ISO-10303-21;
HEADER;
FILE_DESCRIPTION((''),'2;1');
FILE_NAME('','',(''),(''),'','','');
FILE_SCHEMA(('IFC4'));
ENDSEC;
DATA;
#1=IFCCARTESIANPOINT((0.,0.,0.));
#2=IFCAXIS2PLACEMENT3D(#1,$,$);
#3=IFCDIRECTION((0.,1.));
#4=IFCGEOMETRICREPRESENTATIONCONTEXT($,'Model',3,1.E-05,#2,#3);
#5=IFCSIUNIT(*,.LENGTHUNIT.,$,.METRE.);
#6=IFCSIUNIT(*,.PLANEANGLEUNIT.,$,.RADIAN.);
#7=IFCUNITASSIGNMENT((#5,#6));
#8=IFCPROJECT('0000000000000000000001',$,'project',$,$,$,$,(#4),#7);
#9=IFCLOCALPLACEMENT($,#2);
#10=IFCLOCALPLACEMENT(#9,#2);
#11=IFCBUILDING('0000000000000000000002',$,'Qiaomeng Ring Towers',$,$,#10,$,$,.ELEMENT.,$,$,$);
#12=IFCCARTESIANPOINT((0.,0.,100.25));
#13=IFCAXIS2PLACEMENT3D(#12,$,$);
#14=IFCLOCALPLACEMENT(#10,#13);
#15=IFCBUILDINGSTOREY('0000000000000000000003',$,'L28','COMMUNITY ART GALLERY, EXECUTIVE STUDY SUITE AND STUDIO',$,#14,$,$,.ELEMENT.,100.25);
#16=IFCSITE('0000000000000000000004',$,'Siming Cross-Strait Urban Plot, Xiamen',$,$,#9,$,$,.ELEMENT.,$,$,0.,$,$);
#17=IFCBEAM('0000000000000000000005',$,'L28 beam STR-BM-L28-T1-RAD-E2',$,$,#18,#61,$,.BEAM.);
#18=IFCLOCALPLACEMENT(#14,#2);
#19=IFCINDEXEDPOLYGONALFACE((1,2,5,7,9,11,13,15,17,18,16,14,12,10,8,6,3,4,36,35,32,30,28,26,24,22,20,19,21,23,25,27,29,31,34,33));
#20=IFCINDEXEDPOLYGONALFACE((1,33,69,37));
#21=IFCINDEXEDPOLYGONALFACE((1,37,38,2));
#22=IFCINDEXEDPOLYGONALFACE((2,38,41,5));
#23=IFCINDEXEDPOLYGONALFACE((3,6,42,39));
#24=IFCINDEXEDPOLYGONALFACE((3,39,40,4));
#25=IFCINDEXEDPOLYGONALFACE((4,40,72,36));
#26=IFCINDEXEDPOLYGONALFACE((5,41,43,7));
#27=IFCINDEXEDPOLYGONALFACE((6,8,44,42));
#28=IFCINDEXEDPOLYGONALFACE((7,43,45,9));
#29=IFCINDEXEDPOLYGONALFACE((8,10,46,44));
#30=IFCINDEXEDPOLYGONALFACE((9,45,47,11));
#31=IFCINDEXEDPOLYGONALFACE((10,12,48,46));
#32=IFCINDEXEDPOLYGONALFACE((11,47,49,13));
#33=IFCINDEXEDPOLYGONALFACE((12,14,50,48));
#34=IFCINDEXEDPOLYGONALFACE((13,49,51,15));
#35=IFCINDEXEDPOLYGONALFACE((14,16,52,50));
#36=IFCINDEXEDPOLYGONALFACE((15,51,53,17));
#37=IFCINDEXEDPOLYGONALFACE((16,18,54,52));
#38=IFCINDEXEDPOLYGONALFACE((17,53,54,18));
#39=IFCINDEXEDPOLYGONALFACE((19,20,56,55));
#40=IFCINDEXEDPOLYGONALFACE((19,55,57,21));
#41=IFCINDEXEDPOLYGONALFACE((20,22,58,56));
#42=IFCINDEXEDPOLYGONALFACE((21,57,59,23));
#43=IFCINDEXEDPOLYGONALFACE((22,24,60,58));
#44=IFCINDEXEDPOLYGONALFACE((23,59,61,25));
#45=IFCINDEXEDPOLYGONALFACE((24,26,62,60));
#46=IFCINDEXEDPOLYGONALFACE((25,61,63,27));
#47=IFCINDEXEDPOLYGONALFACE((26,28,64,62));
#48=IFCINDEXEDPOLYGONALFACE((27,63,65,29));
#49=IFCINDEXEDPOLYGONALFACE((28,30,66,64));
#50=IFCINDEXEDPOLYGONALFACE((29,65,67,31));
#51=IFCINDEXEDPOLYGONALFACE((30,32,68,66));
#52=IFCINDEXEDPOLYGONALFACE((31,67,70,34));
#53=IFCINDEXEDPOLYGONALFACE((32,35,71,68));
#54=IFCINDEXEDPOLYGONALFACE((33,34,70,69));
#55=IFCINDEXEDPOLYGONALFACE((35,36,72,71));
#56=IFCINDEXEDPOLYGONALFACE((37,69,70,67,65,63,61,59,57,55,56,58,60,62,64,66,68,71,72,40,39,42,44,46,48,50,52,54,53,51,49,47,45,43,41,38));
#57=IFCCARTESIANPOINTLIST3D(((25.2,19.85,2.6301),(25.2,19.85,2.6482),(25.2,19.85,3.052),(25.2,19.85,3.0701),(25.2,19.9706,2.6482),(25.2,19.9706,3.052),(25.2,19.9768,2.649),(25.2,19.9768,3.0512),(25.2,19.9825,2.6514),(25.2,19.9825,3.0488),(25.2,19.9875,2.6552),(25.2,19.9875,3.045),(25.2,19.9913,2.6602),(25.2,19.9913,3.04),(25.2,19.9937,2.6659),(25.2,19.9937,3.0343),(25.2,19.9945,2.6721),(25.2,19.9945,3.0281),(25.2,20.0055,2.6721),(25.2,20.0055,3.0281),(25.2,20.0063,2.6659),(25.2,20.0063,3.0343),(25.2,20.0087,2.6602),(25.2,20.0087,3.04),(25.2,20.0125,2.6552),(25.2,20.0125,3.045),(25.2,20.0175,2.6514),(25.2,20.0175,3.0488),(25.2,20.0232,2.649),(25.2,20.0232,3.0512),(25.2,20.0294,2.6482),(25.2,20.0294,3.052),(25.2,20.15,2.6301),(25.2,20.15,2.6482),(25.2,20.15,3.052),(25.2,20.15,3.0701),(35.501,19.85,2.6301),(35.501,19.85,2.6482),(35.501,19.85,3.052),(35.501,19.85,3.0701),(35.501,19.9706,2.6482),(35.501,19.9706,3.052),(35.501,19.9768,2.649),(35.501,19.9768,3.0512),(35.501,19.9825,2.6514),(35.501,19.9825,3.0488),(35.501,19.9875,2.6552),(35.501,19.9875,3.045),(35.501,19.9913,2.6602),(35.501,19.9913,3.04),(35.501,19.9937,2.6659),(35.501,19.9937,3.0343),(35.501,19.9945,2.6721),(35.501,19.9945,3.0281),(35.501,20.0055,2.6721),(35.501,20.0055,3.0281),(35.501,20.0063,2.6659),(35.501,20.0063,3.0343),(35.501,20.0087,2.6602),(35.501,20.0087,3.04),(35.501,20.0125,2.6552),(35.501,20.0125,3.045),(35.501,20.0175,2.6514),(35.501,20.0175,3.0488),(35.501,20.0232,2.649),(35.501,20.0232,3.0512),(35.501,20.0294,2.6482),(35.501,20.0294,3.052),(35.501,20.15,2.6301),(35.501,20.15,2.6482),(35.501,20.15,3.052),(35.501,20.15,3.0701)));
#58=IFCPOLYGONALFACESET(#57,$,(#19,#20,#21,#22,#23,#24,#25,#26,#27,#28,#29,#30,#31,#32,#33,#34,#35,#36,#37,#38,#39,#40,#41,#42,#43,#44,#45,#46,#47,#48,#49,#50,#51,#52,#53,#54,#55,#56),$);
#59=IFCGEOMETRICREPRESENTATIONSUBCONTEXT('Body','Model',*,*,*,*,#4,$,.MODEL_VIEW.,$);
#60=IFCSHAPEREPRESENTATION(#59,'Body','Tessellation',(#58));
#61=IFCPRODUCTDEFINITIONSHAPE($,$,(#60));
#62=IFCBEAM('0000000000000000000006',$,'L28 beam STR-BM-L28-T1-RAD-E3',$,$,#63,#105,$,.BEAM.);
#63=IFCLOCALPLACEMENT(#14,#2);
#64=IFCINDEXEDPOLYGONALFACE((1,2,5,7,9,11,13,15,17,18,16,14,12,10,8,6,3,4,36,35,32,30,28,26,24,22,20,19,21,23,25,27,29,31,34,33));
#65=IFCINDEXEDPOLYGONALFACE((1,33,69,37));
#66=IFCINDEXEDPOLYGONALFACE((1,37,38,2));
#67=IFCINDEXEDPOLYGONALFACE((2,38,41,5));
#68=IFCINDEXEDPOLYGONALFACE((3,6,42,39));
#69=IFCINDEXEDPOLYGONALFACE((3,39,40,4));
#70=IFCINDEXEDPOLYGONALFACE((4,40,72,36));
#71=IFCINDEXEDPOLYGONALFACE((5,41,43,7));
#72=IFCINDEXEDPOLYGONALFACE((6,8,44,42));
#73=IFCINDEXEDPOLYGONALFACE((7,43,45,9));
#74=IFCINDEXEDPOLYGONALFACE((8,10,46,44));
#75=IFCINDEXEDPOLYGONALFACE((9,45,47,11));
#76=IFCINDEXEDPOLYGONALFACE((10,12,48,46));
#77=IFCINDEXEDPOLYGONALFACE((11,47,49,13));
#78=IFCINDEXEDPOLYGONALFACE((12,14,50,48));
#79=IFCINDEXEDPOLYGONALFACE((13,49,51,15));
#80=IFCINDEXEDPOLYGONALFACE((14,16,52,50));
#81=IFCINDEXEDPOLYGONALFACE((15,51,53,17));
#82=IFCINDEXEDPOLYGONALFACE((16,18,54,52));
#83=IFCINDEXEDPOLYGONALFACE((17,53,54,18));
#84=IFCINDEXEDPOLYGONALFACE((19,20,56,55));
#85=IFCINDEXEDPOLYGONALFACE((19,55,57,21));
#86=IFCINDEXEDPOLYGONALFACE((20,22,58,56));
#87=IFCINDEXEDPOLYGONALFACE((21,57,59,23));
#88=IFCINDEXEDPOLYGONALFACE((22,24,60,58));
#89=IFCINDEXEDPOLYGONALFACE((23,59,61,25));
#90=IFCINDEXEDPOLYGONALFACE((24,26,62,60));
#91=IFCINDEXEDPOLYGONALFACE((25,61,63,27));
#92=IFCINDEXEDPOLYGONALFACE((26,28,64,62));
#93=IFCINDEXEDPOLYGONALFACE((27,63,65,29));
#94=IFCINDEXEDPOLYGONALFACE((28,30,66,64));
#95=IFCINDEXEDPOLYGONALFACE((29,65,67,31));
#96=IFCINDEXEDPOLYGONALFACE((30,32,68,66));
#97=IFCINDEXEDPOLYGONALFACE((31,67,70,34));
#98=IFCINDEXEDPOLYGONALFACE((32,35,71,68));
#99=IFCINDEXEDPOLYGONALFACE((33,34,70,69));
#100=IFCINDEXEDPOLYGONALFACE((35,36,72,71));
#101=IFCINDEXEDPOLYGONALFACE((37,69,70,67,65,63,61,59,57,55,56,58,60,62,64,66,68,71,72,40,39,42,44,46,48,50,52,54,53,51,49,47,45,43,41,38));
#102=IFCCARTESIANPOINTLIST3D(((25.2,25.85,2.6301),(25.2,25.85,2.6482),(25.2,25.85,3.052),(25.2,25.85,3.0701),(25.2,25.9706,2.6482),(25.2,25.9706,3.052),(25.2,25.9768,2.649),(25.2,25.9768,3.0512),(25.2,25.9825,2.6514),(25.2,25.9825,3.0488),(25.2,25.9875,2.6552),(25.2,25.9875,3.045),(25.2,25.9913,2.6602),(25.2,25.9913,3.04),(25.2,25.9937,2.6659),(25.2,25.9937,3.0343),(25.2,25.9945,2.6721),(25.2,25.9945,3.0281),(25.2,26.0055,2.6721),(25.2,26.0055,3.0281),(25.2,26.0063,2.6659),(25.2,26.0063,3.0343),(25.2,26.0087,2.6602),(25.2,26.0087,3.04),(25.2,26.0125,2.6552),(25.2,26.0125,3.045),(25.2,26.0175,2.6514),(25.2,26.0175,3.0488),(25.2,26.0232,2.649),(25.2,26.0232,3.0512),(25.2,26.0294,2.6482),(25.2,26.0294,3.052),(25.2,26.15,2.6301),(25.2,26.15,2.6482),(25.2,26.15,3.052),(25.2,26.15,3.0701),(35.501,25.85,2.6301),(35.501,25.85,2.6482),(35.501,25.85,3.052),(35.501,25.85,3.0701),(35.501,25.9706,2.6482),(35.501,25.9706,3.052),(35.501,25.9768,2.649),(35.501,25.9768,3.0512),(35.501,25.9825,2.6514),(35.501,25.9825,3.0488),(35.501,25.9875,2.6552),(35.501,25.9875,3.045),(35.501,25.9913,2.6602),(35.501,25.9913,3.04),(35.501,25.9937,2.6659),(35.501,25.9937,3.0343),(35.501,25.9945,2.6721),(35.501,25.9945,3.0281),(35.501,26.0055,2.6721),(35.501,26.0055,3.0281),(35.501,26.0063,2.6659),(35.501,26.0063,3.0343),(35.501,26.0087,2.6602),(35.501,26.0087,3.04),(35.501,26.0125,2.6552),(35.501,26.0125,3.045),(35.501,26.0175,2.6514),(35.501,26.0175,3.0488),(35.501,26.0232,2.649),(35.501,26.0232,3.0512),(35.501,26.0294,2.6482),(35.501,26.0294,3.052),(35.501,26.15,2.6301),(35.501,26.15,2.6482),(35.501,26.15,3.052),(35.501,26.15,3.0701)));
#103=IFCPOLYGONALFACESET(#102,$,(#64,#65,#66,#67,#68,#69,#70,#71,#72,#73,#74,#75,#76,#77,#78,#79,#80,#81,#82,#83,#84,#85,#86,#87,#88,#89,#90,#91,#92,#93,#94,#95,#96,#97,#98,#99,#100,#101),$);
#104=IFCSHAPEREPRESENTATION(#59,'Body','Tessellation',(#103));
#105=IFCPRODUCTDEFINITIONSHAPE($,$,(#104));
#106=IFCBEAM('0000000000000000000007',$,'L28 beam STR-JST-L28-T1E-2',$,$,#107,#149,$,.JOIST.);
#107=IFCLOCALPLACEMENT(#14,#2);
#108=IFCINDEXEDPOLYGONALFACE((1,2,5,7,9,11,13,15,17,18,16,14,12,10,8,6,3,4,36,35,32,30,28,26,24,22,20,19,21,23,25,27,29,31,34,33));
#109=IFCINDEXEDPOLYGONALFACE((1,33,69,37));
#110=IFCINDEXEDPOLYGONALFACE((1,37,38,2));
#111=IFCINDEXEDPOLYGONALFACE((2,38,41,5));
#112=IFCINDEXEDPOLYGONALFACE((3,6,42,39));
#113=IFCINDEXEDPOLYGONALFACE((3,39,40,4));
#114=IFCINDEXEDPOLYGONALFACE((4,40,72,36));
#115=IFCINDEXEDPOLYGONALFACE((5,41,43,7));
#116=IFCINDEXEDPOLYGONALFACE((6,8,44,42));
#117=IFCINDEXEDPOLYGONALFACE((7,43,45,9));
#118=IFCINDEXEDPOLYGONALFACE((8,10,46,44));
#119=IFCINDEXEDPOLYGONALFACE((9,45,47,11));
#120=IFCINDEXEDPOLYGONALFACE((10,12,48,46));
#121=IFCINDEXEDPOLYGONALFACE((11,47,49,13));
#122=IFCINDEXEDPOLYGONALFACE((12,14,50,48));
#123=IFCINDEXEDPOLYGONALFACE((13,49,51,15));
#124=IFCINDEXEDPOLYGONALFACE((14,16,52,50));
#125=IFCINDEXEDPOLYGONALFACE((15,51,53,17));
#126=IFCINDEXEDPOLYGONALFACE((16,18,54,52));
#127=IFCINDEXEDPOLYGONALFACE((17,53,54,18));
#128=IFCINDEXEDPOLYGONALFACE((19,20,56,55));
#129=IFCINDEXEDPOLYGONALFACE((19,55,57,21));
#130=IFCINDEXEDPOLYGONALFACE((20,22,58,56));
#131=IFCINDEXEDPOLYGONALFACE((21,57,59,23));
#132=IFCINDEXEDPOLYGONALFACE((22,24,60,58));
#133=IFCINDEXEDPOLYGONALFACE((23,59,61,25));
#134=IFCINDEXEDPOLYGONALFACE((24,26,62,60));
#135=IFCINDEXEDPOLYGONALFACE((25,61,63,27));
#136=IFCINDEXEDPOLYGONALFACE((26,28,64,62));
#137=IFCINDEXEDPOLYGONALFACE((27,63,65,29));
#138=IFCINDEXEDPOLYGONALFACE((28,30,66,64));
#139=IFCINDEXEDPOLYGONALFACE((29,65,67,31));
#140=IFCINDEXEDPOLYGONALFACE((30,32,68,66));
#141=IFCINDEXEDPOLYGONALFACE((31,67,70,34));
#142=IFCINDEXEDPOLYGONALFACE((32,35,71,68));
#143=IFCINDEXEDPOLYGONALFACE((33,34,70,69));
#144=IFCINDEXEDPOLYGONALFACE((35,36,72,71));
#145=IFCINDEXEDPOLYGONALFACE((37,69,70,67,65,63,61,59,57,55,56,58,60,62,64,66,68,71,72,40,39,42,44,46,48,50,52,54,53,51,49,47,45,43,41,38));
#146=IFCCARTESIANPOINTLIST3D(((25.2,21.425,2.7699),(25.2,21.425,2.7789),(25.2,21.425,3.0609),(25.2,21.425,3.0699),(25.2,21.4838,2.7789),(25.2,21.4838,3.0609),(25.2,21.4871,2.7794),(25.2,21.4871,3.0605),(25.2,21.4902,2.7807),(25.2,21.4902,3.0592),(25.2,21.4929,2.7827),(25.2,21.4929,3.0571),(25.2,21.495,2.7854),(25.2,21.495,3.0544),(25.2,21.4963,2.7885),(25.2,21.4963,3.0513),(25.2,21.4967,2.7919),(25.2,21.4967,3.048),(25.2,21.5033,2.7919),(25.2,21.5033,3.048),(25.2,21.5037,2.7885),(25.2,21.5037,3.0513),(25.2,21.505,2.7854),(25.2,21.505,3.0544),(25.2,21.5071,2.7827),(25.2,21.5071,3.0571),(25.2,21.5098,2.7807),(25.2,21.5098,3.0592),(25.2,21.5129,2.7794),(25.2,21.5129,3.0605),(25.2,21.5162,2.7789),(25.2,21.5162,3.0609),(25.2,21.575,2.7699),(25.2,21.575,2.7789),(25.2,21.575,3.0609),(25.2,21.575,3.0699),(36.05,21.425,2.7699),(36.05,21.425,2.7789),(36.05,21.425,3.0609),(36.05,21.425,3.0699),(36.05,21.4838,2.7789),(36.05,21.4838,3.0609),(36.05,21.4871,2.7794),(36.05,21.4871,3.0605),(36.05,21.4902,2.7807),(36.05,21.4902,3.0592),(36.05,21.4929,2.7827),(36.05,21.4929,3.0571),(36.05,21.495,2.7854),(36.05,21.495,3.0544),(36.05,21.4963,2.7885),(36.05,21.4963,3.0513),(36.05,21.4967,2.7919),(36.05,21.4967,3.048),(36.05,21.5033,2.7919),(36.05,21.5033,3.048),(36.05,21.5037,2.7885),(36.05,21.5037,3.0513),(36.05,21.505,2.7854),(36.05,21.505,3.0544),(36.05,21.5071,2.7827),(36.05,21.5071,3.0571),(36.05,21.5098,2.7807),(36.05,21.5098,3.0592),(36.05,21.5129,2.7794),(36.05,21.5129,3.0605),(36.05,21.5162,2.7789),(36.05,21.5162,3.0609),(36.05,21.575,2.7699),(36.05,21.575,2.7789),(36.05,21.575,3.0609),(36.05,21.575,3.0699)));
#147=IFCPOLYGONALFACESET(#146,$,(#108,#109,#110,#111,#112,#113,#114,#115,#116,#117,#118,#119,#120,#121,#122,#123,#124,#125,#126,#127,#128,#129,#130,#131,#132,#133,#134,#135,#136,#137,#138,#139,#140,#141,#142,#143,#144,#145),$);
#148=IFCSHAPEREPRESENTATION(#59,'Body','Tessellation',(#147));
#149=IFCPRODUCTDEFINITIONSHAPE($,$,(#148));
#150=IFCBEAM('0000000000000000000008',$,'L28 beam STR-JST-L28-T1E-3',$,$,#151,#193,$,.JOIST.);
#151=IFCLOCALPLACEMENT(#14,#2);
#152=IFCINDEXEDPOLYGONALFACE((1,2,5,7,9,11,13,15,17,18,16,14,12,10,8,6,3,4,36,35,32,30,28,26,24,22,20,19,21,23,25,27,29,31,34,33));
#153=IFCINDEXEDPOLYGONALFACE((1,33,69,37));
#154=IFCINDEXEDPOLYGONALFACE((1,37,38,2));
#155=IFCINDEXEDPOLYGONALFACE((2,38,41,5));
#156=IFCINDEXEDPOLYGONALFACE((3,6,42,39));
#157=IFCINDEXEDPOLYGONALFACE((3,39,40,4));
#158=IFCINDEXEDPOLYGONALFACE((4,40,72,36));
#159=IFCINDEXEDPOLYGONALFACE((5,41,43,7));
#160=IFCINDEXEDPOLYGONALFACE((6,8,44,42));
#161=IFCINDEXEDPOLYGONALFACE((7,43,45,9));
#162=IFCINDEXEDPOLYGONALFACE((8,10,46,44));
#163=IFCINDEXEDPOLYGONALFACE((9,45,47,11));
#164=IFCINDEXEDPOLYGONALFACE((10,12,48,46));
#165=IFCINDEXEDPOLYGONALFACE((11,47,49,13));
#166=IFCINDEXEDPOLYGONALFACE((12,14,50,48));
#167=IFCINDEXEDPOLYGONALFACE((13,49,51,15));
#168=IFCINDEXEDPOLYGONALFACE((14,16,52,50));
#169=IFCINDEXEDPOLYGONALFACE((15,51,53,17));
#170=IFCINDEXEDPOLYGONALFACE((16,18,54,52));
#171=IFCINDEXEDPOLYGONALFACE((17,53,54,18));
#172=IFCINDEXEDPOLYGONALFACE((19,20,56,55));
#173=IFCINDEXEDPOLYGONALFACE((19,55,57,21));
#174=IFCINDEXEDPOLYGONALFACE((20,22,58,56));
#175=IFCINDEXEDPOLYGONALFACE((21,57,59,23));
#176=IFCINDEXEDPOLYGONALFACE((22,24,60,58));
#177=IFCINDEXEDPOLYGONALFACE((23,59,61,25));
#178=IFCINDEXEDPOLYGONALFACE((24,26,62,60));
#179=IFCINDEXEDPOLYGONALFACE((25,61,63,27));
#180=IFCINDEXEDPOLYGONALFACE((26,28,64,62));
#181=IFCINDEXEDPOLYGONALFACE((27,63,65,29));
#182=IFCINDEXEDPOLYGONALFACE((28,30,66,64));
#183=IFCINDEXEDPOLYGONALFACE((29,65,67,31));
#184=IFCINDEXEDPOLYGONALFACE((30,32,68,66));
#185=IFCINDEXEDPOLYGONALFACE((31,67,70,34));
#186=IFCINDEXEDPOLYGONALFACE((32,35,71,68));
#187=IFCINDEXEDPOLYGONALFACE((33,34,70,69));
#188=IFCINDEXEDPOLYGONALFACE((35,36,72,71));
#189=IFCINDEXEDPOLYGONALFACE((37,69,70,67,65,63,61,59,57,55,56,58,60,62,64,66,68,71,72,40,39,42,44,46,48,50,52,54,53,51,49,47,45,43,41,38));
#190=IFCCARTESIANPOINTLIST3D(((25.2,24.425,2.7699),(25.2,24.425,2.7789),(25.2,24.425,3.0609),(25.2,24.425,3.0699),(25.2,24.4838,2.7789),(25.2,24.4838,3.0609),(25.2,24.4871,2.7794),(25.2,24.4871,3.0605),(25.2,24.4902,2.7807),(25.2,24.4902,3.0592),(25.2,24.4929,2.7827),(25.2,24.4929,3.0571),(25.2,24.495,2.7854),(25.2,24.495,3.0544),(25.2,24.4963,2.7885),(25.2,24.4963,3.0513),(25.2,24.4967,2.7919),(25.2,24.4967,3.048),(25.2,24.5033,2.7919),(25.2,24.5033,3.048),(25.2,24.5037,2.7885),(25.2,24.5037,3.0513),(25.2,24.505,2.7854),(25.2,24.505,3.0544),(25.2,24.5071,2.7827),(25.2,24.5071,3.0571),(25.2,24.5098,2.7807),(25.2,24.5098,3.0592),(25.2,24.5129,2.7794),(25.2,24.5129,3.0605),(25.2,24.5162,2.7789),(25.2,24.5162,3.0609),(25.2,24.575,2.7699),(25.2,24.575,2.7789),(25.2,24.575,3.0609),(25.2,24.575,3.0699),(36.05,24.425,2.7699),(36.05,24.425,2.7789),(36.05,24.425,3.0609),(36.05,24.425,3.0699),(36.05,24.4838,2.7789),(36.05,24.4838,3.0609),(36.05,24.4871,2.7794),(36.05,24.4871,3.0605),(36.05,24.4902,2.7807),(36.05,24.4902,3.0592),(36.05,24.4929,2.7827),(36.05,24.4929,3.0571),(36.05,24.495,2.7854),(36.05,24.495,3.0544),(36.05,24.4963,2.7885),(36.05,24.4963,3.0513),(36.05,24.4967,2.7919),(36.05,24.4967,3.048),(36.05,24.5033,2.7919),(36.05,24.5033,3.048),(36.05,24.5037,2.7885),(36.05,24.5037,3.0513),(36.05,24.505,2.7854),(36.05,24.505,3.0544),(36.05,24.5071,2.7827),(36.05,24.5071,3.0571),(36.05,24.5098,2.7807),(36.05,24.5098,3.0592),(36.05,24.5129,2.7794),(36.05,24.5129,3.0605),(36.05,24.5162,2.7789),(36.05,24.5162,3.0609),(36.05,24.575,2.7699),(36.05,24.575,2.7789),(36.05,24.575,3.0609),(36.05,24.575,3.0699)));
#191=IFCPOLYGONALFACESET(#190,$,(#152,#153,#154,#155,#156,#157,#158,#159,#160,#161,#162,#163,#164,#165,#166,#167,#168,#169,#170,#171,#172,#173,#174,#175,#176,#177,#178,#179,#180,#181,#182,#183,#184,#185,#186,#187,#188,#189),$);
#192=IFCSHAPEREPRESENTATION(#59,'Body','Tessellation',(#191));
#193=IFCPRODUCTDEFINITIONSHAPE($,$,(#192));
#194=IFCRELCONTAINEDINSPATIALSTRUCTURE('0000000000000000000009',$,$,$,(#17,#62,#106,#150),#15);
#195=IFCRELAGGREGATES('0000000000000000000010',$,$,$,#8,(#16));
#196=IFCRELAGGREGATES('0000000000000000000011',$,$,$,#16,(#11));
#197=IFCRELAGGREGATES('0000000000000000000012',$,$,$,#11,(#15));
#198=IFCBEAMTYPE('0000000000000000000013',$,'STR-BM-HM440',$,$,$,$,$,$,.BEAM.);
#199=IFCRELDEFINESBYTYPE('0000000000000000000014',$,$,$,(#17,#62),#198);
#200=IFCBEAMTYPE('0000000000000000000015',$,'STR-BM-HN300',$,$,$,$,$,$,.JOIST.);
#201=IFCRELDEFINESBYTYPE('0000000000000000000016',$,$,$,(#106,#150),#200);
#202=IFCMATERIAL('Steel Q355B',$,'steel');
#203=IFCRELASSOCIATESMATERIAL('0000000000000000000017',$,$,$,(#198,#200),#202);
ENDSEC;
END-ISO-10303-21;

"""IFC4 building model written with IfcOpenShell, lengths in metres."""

from ifc_helpers import new_model, si_unit, direction, frame, origin, origin_2d, place, context, subcontext, project, spatial, i_section, extrude, source, transform, mapped, material, material_profile, profile_set, type_object, element, save


model = new_model("IFC4")

# Units and contexts
model_context = context("Model", 3, precision=1e-05, world=origin(), true_north=direction((0.0, 1.0)))
body_context = subcontext(model_context, "Body", "Model", "MODEL_VIEW")
ifc_project = project(units=[si_unit("LENGTHUNIT", "METRE"), si_unit("PLANEANGLEUNIT", "RADIAN")], contexts=[model_context])

# Site, building, storey
site_placement = place(None, origin())
site = spatial("IfcSite", under=ifc_project, at=site_placement, Name="Siming Cross-Strait Urban Plot, Xiamen", CompositionType="ELEMENT", RefElevation=0.0)
building_placement = place(site_placement, origin())
building = spatial("IfcBuilding", under=site, at=building_placement, Name="Qiaomeng Ring Towers", CompositionType="ELEMENT")
storey_placement = place(building_placement, frame((0.0, 0.0, 100.25)))
storey = spatial("IfcBuildingStorey", under=building, at=storey_placement, Name="L28", Description="COMMUNITY ART GALLERY, EXECUTIVE STUDY SUITE AND STUDIO", CompositionType="ELEMENT", Elevation=100.25)

# Beams
ifc_material_1 = material(Name="Steel Q355B", Category="steel")
ifc_material_profile_1 = material_profile(ifc_material_1, i_section(OverallWidth=0.3, OverallDepth=0.4399, WebThickness=0.011, FlangeThickness=0.0181, FilletRadius=0.0239, at=origin_2d()), Name="HM 440x300x11x18")
ifc_profile_set_1 = profile_set([ifc_material_profile_1], Name="Steel Q355B")
beam_type_1 = type_object("IfcBeamType", Name="STR-BM-HM440", PredefinedType="BEAM", material=ifc_profile_set_1)
shared_shape_1 = source(origin(), body_context, "Body", "SweptSolid", [
    extrude(i_section(OverallWidth=0.3, OverallDepth=0.4399, WebThickness=0.011, FlangeThickness=0.0181, FilletRadius=0.0239, at=origin_2d()), origin(), (0.0, 0.0, 1.0), 10.301),
])
for number, where, z_axis, x_axis, name in (
    (1, (25.2, 20.0, 2.8501), (1.0, 0.0, 0.0), (0.0, 1.0, 0.0), "L28 beam STR-BM-L28-T1-RAD-E2"),
    (2, (25.2, 26.0, 2.8501), (1.0, 0.0, 0.0), (0.0, 1.0, 0.0), "L28 beam STR-BM-L28-T1-RAD-E3"),
):
    element("IfcBeam", number, at=place(storey_placement, frame(where, z_axis=z_axis, x_axis=x_axis)), inside=storey, type_object=beam_type_1, Name=name, PredefinedType="BEAM", context=body_context, shape_type="MappedRepresentation", body=[
        mapped(shared_shape_1, transform((0.0, 0.0, 0.0), x_axis=(1.0, 0.0, 0.0), y_axis=(0.0, 1.0, 0.0), z_axis=(0.0, 0.0, 1.0), scale=1.0)),
    ])
ifc_material_profile_2 = material_profile(ifc_material_1, i_section(OverallWidth=0.1499, OverallDepth=0.3, WebThickness=0.0066, FlangeThickness=0.009, FilletRadius=0.0129, at=origin_2d()), Name="HN 300x150x6.5x9")
ifc_profile_set_2 = profile_set([ifc_material_profile_2], Name="Steel Q355B")
beam_type_2 = type_object("IfcBeamType", Name="STR-BM-HN300", PredefinedType="JOIST", material=ifc_profile_set_2)
shared_shape_2 = source(origin(), body_context, "Body", "SweptSolid", [
    extrude(i_section(OverallWidth=0.1499, OverallDepth=0.3, WebThickness=0.0066, FlangeThickness=0.009, FilletRadius=0.0129, at=origin_2d()), origin(), (0.0, 0.0, 1.0), 10.8501),
])
for number, where, z_axis, x_axis, name in (
    (3, (25.2, 21.5, 2.9199), (1.0, 0.0, 0.0), (0.0, 1.0, 0.0), "L28 beam STR-JST-L28-T1E-2"),
    (4, (25.2, 24.5, 2.9199), (1.0, 0.0, 0.0), (0.0, 1.0, 0.0), "L28 beam STR-JST-L28-T1E-3"),
):
    element("IfcBeam", number, at=place(storey_placement, frame(where, z_axis=z_axis, x_axis=x_axis)), inside=storey, type_object=beam_type_2, Name=name, PredefinedType="JOIST", context=body_context, shape_type="MappedRepresentation", body=[
        mapped(shared_shape_2, transform((0.0, 0.0, 0.0), x_axis=(1.0, 0.0, 0.0), y_axis=(0.0, 1.0, 0.0), z_axis=(0.0, 0.0, 1.0), scale=1.0)),
    ])

save(model, "model.ifc")
